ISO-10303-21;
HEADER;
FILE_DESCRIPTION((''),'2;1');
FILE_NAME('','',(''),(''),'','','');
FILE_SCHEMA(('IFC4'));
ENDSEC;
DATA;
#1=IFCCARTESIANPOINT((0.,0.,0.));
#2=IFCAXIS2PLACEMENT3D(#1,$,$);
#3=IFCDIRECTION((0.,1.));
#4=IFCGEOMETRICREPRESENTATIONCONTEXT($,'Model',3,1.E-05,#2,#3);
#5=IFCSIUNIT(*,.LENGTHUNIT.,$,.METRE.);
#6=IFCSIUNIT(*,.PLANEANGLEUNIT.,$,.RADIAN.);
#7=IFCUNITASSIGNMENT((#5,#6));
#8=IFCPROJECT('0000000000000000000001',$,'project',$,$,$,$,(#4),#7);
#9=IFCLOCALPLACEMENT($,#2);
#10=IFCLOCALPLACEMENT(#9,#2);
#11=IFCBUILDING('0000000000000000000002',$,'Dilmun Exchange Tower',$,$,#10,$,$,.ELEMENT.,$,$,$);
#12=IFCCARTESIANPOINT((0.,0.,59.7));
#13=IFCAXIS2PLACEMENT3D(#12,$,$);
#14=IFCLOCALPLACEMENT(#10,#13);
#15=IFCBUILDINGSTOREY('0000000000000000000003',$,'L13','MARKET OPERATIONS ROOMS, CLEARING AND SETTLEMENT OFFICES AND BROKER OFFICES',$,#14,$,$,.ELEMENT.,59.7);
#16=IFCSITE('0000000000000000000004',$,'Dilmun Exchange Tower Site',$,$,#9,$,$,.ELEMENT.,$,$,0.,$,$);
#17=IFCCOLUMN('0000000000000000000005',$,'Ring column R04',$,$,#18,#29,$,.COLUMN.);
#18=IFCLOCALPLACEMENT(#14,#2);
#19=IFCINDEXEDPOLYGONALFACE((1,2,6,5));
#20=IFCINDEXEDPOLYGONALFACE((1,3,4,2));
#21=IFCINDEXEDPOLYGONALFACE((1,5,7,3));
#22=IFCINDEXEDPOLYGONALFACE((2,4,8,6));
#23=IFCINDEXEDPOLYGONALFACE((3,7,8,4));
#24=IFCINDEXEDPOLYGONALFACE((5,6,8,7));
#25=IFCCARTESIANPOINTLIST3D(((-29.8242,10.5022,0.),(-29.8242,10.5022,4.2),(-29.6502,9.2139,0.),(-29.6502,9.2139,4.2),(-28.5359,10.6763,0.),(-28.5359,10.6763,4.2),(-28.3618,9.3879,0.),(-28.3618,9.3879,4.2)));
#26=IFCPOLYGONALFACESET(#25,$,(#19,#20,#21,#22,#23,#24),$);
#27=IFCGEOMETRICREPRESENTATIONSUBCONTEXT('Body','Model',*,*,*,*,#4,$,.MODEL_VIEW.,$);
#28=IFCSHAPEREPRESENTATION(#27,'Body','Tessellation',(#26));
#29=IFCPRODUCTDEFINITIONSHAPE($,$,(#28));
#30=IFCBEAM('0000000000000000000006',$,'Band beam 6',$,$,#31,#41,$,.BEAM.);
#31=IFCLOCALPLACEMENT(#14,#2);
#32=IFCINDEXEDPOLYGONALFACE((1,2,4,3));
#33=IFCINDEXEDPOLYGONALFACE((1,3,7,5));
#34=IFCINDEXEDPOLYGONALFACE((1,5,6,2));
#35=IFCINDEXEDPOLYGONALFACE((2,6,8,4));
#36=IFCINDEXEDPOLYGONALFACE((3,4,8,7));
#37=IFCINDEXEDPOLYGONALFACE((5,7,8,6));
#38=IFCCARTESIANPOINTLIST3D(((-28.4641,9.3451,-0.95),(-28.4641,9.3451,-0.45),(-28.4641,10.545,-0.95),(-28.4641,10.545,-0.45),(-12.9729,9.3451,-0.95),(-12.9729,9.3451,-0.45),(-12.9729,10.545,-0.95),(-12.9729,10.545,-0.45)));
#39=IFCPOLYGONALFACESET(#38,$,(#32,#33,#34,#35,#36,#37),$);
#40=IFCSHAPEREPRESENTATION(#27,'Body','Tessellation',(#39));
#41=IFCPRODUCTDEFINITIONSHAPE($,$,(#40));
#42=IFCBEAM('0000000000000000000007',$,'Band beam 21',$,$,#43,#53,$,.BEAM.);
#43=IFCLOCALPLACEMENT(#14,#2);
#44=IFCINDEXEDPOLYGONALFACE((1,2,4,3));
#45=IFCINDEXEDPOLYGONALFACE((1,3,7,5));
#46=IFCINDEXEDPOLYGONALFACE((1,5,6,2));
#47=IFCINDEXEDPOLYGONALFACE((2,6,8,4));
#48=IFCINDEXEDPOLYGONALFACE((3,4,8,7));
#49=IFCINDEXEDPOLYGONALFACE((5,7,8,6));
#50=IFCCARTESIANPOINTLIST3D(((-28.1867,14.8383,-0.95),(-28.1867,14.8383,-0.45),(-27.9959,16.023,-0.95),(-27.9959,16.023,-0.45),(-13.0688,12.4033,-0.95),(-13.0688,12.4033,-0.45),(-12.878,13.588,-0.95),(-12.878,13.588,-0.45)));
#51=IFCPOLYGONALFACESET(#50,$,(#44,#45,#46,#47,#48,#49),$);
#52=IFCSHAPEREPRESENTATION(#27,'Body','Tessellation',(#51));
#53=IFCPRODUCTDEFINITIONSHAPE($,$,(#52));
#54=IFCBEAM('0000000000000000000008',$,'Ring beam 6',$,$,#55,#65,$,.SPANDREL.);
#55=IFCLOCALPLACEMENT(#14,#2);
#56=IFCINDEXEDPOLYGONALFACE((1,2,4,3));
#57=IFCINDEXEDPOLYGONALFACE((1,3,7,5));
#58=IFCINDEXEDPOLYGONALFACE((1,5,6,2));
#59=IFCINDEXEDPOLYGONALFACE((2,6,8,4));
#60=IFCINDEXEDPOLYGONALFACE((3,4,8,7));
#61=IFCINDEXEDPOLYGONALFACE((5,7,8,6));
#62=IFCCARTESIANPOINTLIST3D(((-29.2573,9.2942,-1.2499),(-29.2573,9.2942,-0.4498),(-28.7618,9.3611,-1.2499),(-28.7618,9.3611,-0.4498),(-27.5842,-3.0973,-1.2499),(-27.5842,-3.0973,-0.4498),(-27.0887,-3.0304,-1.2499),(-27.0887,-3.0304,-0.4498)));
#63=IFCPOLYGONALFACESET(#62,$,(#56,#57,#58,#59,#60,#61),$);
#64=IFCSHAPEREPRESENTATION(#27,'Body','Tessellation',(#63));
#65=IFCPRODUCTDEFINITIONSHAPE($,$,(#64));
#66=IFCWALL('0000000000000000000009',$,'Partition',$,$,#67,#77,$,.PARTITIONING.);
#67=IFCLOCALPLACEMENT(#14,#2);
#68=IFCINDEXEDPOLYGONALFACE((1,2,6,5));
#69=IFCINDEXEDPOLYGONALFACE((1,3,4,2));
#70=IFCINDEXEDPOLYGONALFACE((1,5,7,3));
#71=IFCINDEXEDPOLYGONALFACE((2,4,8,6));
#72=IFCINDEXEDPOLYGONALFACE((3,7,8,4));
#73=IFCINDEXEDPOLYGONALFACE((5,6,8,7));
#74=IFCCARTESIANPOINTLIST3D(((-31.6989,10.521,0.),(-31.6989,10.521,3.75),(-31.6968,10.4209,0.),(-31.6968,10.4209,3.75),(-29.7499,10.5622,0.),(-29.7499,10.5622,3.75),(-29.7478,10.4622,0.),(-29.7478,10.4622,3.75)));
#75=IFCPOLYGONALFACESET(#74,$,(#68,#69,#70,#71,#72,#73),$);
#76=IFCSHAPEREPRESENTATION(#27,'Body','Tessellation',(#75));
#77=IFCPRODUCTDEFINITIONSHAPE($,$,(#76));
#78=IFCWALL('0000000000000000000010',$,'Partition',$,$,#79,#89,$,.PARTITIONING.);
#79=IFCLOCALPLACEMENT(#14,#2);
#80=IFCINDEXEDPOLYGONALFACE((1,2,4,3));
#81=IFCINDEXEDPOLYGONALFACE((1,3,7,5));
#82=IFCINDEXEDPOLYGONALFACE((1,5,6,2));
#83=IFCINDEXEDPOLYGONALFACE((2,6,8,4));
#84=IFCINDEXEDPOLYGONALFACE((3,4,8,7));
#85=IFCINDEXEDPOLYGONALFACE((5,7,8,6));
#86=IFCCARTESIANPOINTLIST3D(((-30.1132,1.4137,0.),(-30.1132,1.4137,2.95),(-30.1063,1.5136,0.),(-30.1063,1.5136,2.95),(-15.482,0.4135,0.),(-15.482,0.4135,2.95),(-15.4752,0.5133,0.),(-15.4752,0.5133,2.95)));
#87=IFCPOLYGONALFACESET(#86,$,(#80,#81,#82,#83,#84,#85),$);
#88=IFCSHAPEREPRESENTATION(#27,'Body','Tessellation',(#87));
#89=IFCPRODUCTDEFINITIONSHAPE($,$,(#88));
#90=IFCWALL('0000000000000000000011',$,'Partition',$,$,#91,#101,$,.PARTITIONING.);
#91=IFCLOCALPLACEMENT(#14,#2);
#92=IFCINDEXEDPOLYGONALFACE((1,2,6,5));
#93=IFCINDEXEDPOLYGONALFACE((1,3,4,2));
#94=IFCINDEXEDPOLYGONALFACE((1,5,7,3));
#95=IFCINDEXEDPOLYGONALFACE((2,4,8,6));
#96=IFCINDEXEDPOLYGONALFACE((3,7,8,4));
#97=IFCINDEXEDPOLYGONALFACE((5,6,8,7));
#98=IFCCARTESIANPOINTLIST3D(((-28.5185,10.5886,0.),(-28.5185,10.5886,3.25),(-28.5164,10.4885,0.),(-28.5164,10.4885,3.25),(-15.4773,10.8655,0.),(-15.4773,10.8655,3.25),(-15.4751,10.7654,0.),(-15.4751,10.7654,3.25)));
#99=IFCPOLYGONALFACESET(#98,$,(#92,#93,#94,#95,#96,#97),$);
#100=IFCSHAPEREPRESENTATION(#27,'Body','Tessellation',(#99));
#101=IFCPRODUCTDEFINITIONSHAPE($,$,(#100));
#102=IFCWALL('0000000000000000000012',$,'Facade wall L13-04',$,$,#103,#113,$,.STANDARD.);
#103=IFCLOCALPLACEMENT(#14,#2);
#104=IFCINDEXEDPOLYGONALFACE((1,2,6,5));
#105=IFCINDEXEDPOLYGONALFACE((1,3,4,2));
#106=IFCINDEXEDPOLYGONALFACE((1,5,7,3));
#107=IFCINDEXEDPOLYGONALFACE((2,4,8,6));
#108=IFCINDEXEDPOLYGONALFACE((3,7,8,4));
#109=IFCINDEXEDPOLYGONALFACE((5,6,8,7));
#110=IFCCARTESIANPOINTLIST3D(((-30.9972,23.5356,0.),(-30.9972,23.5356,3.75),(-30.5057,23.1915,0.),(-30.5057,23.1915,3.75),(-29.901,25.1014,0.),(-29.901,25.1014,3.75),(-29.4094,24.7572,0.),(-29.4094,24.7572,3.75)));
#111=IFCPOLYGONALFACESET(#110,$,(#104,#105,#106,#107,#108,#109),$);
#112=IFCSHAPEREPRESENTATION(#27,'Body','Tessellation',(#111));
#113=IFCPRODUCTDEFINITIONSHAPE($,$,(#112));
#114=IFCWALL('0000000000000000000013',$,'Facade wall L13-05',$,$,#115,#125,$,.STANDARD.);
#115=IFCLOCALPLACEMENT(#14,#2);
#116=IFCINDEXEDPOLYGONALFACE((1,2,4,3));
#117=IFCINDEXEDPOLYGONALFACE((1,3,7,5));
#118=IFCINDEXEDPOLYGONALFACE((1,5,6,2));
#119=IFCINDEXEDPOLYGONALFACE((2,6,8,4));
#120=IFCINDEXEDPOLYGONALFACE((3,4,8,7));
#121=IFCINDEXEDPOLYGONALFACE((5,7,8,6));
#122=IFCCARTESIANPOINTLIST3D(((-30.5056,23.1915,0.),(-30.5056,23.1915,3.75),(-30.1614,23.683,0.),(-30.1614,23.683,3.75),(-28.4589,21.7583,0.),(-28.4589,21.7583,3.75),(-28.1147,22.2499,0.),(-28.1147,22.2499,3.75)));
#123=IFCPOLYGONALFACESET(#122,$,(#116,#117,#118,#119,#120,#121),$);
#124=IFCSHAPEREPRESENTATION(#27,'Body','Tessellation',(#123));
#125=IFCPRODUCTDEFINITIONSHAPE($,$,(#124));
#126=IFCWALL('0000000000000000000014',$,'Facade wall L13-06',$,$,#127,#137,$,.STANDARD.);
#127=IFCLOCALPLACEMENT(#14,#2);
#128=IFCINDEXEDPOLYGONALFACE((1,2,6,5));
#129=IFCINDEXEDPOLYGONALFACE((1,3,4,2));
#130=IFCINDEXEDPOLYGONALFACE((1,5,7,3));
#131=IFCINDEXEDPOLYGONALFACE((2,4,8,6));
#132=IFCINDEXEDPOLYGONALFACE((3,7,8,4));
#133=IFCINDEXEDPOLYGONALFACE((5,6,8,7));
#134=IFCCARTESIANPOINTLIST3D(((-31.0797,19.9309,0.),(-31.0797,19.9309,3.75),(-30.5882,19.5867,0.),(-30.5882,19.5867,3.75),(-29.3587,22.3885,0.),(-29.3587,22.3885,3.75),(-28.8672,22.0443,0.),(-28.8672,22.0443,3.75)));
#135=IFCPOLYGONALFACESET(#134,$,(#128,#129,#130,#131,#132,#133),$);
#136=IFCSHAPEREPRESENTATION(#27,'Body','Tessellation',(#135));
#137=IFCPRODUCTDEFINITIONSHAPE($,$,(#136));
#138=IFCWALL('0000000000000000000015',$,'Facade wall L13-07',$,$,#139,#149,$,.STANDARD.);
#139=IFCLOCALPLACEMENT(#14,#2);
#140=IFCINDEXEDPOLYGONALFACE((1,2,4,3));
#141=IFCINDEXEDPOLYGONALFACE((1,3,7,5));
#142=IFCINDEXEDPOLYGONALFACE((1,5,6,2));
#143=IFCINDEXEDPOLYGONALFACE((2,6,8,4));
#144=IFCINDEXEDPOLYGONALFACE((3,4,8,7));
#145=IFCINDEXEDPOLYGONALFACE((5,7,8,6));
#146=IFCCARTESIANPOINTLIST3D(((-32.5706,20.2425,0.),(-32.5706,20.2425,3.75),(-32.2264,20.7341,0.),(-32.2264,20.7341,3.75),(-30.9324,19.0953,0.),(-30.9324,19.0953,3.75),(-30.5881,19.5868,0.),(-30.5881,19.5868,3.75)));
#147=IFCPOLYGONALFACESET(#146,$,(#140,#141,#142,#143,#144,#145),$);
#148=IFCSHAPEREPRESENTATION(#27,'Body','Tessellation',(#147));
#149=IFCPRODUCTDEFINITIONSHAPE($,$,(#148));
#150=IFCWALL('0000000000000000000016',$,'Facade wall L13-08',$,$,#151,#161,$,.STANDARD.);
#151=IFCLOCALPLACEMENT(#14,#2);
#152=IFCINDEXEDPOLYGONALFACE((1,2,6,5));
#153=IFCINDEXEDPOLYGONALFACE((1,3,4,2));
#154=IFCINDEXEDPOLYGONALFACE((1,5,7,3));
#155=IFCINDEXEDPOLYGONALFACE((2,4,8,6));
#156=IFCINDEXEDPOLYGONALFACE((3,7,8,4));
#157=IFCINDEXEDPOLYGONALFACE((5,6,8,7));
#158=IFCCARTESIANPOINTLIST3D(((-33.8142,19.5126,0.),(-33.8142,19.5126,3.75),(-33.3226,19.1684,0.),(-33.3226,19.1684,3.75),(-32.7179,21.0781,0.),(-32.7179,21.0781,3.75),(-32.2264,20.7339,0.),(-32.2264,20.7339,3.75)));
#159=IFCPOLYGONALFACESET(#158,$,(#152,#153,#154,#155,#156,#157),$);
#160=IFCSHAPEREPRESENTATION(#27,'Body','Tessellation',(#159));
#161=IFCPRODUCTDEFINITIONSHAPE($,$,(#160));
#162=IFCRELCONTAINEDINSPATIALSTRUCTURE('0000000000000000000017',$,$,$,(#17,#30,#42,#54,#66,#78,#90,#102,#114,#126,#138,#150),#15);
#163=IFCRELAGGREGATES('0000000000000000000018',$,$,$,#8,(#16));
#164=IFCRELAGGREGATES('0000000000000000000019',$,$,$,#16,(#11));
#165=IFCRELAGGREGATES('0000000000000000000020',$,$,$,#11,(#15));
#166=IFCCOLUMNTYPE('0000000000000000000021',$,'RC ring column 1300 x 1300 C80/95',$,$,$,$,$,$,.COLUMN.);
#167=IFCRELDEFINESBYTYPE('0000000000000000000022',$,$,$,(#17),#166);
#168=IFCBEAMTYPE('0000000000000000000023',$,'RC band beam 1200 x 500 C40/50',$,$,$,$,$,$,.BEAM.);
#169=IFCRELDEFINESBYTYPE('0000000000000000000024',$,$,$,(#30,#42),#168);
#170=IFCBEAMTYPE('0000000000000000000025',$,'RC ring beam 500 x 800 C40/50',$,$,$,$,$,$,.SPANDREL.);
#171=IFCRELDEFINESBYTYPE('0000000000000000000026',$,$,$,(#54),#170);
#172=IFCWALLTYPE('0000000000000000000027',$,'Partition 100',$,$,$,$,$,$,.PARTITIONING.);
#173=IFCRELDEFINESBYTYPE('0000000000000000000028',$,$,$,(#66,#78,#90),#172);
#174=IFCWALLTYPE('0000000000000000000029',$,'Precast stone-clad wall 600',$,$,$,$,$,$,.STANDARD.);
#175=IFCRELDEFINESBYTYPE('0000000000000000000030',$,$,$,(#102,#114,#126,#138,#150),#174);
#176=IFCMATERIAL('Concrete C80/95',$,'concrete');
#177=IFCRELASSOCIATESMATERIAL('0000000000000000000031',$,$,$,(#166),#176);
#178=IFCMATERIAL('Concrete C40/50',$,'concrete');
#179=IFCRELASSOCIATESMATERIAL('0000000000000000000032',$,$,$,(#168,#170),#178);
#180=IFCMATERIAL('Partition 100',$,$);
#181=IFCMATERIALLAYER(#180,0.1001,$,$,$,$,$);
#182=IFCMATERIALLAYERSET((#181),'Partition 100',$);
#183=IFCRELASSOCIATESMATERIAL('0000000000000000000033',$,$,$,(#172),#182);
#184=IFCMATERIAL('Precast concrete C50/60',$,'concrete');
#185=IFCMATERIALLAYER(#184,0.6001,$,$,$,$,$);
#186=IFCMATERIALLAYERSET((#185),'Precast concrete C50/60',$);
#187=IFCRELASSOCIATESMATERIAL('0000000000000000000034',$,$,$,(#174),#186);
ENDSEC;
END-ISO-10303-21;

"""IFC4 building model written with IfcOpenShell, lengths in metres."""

from ifc_helpers import new_model, si_unit, direction, frame, frame_2d, origin, origin_2d, place, context, subcontext, project, spatial, rectangle, extrude, material, layer, layer_set, material_profile, profile_set, type_object, element, save


model = new_model("IFC4")

# Units and contexts
model_context = context("Model", 3, precision=1e-05, world=origin(), true_north=direction((0.0, 1.0)))
body_context = subcontext(model_context, "Body", "Model", "MODEL_VIEW")
ifc_project = project(units=[si_unit("LENGTHUNIT", "METRE"), si_unit("PLANEANGLEUNIT", "RADIAN")], contexts=[model_context])

# Site, building, storey
site_placement = place(None, origin())
site = spatial("IfcSite", under=ifc_project, at=site_placement, Name="Dilmun Exchange Tower Site", CompositionType="ELEMENT", RefElevation=0.0)
building_placement = place(site_placement, origin())
building = spatial("IfcBuilding", under=site, at=building_placement, Name="Dilmun Exchange Tower", CompositionType="ELEMENT")
storey_placement = place(building_placement, frame((0.0, 0.0, 59.7)))
storey = spatial("IfcBuildingStorey", under=building, at=storey_placement, Name="L13", Description="MARKET OPERATIONS ROOMS, CLEARING AND SETTLEMENT OFFICES AND BROKER OFFICES", CompositionType="ELEMENT", Elevation=59.7)

# Column
ifc_material_1 = material(Name="Concrete C80/95", Category="concrete")
ifc_material_profile_1 = material_profile(ifc_material_1, rectangle(XDim=1.3, YDim=1.3, at=origin_2d()), Name="1300 x 1300")
ifc_profile_set_1 = profile_set([ifc_material_profile_1], Name="Concrete C80/95")
column_type = type_object("IfcColumnType", Name="RC ring column 1300 x 1300 C80/95", PredefinedType="COLUMN", material=ifc_profile_set_1)
column_placement = place(storey_placement, frame((-29.093, 9.9451, 0.0), z_axis=(0.0, 0.0, 1.0), x_axis=(0.991001, 0.133853, 0.0)))
element("IfcColumn", 1, at=column_placement, inside=storey, type_object=column_type, Name="Ring column R04", PredefinedType="COLUMN", context=body_context, shape_type="SweptSolid", body=[
    extrude(rectangle(XDim=1.3, YDim=1.3, at=origin_2d()), origin(), (0.0, 0.0, 1.0), 4.2),
])

# Beams
ifc_material_2 = material(Name="Concrete C40/50", Category="concrete")
ifc_material_profile_2 = material_profile(ifc_material_2, rectangle(XDim=1.2, YDim=0.5, at=origin_2d()), Name="1200 x 500")
ifc_profile_set_2 = profile_set([ifc_material_profile_2], Name="Concrete C40/50")
beam_type_1 = type_object("IfcBeamType", Name="RC band beam 1200 x 500 C40/50", PredefinedType="BEAM", material=ifc_profile_set_2)
beam_1_placement = place(storey_placement, frame((-28.4641, 9.9451, -0.7), z_axis=(1.0, 0.0, 0.0), x_axis=(0.0, 1.0, 0.0)))
element("IfcBeam", 2, at=beam_1_placement, inside=storey, type_object=beam_type_1, Name="Band beam 6", PredefinedType="BEAM", context=body_context, shape_type="SweptSolid", body=[
    extrude(rectangle(XDim=1.2, YDim=0.5, at=origin_2d()), origin(), (0.0, 0.0, 1.0), 15.4912),
])
beam_2_placement = place(storey_placement, frame((-28.0913, 15.4307, -0.7), z_axis=(0.987275, -0.159021, 0.0), x_axis=(0.159021, 0.987275, 0.0)))
element("IfcBeam", 3, at=beam_2_placement, inside=storey, type_object=beam_type_1, Name="Band beam 21", PredefinedType="BEAM", context=body_context, shape_type="SweptSolid", body=[
    extrude(rectangle(XDim=1.2, YDim=0.5, at=origin_2d()), origin(), (0.0, 0.0, 1.0), 15.3127),
])
ifc_material_profile_3 = material_profile(ifc_material_2, rectangle(XDim=0.5, YDim=0.8, at=origin_2d()), Name="500 x 800")
ifc_profile_set_3 = profile_set([ifc_material_profile_3], Name="Concrete C40/50")
beam_type_2 = type_object("IfcBeamType", Name="RC ring beam 500 x 800 C40/50", PredefinedType="SPANDREL", material=ifc_profile_set_3)
beam_3_placement = place(storey_placement, frame((-29.0095, 9.3276, -0.8499), z_axis=(0.133807, -0.991007, 0.0), x_axis=(0.991007, 0.133807, 0.0)))
element("IfcBeam", 4, at=beam_3_placement, inside=storey, type_object=beam_type_2, Name="Ring beam 6", PredefinedType="SPANDREL", context=body_context, shape_type="SweptSolid", body=[
    extrude(rectangle(XDim=0.5, YDim=0.8, at=origin_2d()), origin(), (0.0, 0.0, 1.0), 12.5039),
])

# Walls
ifc_material_3 = material(Name="Partition 100")
ifc_layer_1 = layer(ifc_material_3, 0.1001)
ifc_layer_set_1 = layer_set([ifc_layer_1], Name="Partition 100")
wall_type_1 = type_object("IfcWallType", Name="Partition 100", PredefinedType="PARTITIONING", material=ifc_layer_set_1)
wall_1_placement = place(storey_placement, frame((-31.6978, 10.4709, 0.0), z_axis=(0.0, 0.0, 1.0), x_axis=(0.999776, 0.021165, 0.0)))
element("IfcWall", 5, at=wall_1_placement, inside=storey, type_object=wall_type_1, Name="Partition", PredefinedType="PARTITIONING", context=body_context, shape_type="SweptSolid", body=[
    extrude(rectangle(XDim=1.9495, YDim=0.1001, at=frame_2d((0.9746, 0.0))), origin(), (0.0, 0.0, 1.0), 3.75),
])
wall_2_placement = place(storey_placement, frame((-30.1096, 1.4636, 0.0), z_axis=(0.0, 0.0, 1.0), x_axis=(0.997671, -0.068205, 0.0)))
element("IfcWall", 6, at=wall_2_placement, inside=storey, type_object=wall_type_1, Name="Partition", PredefinedType="PARTITIONING", context=body_context, shape_type="SweptSolid", body=[
    extrude(rectangle(XDim=14.6653, YDim=0.1001, at=frame_2d((7.3325, 0.0))), origin(), (0.0, 0.0, 1.0), 2.95),
])
wall_3_placement = place(storey_placement, frame((-28.5173, 10.5386, 0.0), z_axis=(0.0, 0.0, 1.0), x_axis=(0.999775, 0.021224, 0.0)))
element("IfcWall", 7, at=wall_3_placement, inside=storey, type_object=wall_type_1, Name="Partition", PredefinedType="PARTITIONING", context=body_context, shape_type="SweptSolid", body=[
    extrude(rectangle(XDim=13.0442, YDim=0.1001, at=frame_2d((6.522, 0.0))), origin(), (0.0, 0.0, 1.0), 3.25),
])
ifc_material_4 = material(Name="Precast concrete C50/60", Category="concrete")
ifc_layer_2 = layer(ifc_material_4, 0.6001)
ifc_layer_set_2 = layer_set([ifc_layer_2], Name="Precast concrete C50/60")
wall_type_2 = type_object("IfcWallType", Name="Precast stone-clad wall 600", PredefinedType="STANDARD", material=ifc_layer_set_2)
wall_4_placement = place(storey_placement, frame((-29.6553, 24.9292, 0.0), z_axis=(0.0, 0.0, 1.0), x_axis=(-0.573539, -0.819178, 0.0)))
element("IfcWall", 8, at=wall_4_placement, inside=storey, type_object=wall_type_2, Name="Facade wall L13-04", PredefinedType="STANDARD", context=body_context, shape_type="SweptSolid", body=[
    extrude(rectangle(XDim=1.9114, YDim=0.6001, at=frame_2d((0.9556, 0.0))), origin(), (0.0, 0.0, 1.0), 3.75),
])
wall_5_placement = place(storey_placement, frame((-30.3335, 23.4373, 0.0), z_axis=(0.0, 0.0, 1.0), x_axis=(0.819145, -0.573587, 0.0)))
element("IfcWall", 9, at=wall_5_placement, inside=storey, type_object=wall_type_2, Name="Facade wall L13-05", PredefinedType="STANDARD", context=body_context, shape_type="SweptSolid", body=[
    extrude(rectangle(XDim=2.4985, YDim=0.6001, at=frame_2d((1.2493, 0.0))), origin(), (0.0, 0.0, 1.0), 3.75),
])
wall_6_placement = place(storey_placement, frame((-29.113, 22.2163, 0.0), z_axis=(0.0, 0.0, 1.0), x_axis=(-0.573615, -0.819125, 0.0)))
element("IfcWall", 10, at=wall_6_placement, inside=storey, type_object=wall_type_2, Name="Facade wall L13-06", PredefinedType="STANDARD", context=body_context, shape_type="SweptSolid", body=[
    extrude(rectangle(XDim=3.0002, YDim=0.6001, at=frame_2d((1.5, 0.0))), origin(), (0.0, 0.0, 1.0), 3.75),
])
wall_7_placement = place(storey_placement, frame((-30.7603, 19.3411, 0.0), z_axis=(0.0, 0.0, 1.0), x_axis=(-0.819117, 0.573626, 0.0)))
element("IfcWall", 11, at=wall_7_placement, inside=storey, type_object=wall_type_2, Name="Facade wall L13-07", PredefinedType="STANDARD", context=body_context, shape_type="SweptSolid", body=[
    extrude(rectangle(XDim=2.0, YDim=0.6001, at=frame_2d((1.0, 0.0))), origin(), (0.0, 0.0, 1.0), 3.75),
])
wall_8_placement = place(storey_placement, frame((-32.4722, 20.906, 0.0), z_axis=(0.0, 0.0, 1.0), x_axis=(-0.5736, -0.819136, 0.0)))
element("IfcWall", 12, at=wall_8_placement, inside=storey, type_object=wall_type_2, Name="Facade wall L13-08", PredefinedType="STANDARD", context=body_context, shape_type="SweptSolid", body=[
    extrude(rectangle(XDim=1.9111, YDim=0.6001, at=frame_2d((0.9556, 0.0))), origin(), (0.0, 0.0, 1.0), 3.75),
])

save(model, "model.ifc")
